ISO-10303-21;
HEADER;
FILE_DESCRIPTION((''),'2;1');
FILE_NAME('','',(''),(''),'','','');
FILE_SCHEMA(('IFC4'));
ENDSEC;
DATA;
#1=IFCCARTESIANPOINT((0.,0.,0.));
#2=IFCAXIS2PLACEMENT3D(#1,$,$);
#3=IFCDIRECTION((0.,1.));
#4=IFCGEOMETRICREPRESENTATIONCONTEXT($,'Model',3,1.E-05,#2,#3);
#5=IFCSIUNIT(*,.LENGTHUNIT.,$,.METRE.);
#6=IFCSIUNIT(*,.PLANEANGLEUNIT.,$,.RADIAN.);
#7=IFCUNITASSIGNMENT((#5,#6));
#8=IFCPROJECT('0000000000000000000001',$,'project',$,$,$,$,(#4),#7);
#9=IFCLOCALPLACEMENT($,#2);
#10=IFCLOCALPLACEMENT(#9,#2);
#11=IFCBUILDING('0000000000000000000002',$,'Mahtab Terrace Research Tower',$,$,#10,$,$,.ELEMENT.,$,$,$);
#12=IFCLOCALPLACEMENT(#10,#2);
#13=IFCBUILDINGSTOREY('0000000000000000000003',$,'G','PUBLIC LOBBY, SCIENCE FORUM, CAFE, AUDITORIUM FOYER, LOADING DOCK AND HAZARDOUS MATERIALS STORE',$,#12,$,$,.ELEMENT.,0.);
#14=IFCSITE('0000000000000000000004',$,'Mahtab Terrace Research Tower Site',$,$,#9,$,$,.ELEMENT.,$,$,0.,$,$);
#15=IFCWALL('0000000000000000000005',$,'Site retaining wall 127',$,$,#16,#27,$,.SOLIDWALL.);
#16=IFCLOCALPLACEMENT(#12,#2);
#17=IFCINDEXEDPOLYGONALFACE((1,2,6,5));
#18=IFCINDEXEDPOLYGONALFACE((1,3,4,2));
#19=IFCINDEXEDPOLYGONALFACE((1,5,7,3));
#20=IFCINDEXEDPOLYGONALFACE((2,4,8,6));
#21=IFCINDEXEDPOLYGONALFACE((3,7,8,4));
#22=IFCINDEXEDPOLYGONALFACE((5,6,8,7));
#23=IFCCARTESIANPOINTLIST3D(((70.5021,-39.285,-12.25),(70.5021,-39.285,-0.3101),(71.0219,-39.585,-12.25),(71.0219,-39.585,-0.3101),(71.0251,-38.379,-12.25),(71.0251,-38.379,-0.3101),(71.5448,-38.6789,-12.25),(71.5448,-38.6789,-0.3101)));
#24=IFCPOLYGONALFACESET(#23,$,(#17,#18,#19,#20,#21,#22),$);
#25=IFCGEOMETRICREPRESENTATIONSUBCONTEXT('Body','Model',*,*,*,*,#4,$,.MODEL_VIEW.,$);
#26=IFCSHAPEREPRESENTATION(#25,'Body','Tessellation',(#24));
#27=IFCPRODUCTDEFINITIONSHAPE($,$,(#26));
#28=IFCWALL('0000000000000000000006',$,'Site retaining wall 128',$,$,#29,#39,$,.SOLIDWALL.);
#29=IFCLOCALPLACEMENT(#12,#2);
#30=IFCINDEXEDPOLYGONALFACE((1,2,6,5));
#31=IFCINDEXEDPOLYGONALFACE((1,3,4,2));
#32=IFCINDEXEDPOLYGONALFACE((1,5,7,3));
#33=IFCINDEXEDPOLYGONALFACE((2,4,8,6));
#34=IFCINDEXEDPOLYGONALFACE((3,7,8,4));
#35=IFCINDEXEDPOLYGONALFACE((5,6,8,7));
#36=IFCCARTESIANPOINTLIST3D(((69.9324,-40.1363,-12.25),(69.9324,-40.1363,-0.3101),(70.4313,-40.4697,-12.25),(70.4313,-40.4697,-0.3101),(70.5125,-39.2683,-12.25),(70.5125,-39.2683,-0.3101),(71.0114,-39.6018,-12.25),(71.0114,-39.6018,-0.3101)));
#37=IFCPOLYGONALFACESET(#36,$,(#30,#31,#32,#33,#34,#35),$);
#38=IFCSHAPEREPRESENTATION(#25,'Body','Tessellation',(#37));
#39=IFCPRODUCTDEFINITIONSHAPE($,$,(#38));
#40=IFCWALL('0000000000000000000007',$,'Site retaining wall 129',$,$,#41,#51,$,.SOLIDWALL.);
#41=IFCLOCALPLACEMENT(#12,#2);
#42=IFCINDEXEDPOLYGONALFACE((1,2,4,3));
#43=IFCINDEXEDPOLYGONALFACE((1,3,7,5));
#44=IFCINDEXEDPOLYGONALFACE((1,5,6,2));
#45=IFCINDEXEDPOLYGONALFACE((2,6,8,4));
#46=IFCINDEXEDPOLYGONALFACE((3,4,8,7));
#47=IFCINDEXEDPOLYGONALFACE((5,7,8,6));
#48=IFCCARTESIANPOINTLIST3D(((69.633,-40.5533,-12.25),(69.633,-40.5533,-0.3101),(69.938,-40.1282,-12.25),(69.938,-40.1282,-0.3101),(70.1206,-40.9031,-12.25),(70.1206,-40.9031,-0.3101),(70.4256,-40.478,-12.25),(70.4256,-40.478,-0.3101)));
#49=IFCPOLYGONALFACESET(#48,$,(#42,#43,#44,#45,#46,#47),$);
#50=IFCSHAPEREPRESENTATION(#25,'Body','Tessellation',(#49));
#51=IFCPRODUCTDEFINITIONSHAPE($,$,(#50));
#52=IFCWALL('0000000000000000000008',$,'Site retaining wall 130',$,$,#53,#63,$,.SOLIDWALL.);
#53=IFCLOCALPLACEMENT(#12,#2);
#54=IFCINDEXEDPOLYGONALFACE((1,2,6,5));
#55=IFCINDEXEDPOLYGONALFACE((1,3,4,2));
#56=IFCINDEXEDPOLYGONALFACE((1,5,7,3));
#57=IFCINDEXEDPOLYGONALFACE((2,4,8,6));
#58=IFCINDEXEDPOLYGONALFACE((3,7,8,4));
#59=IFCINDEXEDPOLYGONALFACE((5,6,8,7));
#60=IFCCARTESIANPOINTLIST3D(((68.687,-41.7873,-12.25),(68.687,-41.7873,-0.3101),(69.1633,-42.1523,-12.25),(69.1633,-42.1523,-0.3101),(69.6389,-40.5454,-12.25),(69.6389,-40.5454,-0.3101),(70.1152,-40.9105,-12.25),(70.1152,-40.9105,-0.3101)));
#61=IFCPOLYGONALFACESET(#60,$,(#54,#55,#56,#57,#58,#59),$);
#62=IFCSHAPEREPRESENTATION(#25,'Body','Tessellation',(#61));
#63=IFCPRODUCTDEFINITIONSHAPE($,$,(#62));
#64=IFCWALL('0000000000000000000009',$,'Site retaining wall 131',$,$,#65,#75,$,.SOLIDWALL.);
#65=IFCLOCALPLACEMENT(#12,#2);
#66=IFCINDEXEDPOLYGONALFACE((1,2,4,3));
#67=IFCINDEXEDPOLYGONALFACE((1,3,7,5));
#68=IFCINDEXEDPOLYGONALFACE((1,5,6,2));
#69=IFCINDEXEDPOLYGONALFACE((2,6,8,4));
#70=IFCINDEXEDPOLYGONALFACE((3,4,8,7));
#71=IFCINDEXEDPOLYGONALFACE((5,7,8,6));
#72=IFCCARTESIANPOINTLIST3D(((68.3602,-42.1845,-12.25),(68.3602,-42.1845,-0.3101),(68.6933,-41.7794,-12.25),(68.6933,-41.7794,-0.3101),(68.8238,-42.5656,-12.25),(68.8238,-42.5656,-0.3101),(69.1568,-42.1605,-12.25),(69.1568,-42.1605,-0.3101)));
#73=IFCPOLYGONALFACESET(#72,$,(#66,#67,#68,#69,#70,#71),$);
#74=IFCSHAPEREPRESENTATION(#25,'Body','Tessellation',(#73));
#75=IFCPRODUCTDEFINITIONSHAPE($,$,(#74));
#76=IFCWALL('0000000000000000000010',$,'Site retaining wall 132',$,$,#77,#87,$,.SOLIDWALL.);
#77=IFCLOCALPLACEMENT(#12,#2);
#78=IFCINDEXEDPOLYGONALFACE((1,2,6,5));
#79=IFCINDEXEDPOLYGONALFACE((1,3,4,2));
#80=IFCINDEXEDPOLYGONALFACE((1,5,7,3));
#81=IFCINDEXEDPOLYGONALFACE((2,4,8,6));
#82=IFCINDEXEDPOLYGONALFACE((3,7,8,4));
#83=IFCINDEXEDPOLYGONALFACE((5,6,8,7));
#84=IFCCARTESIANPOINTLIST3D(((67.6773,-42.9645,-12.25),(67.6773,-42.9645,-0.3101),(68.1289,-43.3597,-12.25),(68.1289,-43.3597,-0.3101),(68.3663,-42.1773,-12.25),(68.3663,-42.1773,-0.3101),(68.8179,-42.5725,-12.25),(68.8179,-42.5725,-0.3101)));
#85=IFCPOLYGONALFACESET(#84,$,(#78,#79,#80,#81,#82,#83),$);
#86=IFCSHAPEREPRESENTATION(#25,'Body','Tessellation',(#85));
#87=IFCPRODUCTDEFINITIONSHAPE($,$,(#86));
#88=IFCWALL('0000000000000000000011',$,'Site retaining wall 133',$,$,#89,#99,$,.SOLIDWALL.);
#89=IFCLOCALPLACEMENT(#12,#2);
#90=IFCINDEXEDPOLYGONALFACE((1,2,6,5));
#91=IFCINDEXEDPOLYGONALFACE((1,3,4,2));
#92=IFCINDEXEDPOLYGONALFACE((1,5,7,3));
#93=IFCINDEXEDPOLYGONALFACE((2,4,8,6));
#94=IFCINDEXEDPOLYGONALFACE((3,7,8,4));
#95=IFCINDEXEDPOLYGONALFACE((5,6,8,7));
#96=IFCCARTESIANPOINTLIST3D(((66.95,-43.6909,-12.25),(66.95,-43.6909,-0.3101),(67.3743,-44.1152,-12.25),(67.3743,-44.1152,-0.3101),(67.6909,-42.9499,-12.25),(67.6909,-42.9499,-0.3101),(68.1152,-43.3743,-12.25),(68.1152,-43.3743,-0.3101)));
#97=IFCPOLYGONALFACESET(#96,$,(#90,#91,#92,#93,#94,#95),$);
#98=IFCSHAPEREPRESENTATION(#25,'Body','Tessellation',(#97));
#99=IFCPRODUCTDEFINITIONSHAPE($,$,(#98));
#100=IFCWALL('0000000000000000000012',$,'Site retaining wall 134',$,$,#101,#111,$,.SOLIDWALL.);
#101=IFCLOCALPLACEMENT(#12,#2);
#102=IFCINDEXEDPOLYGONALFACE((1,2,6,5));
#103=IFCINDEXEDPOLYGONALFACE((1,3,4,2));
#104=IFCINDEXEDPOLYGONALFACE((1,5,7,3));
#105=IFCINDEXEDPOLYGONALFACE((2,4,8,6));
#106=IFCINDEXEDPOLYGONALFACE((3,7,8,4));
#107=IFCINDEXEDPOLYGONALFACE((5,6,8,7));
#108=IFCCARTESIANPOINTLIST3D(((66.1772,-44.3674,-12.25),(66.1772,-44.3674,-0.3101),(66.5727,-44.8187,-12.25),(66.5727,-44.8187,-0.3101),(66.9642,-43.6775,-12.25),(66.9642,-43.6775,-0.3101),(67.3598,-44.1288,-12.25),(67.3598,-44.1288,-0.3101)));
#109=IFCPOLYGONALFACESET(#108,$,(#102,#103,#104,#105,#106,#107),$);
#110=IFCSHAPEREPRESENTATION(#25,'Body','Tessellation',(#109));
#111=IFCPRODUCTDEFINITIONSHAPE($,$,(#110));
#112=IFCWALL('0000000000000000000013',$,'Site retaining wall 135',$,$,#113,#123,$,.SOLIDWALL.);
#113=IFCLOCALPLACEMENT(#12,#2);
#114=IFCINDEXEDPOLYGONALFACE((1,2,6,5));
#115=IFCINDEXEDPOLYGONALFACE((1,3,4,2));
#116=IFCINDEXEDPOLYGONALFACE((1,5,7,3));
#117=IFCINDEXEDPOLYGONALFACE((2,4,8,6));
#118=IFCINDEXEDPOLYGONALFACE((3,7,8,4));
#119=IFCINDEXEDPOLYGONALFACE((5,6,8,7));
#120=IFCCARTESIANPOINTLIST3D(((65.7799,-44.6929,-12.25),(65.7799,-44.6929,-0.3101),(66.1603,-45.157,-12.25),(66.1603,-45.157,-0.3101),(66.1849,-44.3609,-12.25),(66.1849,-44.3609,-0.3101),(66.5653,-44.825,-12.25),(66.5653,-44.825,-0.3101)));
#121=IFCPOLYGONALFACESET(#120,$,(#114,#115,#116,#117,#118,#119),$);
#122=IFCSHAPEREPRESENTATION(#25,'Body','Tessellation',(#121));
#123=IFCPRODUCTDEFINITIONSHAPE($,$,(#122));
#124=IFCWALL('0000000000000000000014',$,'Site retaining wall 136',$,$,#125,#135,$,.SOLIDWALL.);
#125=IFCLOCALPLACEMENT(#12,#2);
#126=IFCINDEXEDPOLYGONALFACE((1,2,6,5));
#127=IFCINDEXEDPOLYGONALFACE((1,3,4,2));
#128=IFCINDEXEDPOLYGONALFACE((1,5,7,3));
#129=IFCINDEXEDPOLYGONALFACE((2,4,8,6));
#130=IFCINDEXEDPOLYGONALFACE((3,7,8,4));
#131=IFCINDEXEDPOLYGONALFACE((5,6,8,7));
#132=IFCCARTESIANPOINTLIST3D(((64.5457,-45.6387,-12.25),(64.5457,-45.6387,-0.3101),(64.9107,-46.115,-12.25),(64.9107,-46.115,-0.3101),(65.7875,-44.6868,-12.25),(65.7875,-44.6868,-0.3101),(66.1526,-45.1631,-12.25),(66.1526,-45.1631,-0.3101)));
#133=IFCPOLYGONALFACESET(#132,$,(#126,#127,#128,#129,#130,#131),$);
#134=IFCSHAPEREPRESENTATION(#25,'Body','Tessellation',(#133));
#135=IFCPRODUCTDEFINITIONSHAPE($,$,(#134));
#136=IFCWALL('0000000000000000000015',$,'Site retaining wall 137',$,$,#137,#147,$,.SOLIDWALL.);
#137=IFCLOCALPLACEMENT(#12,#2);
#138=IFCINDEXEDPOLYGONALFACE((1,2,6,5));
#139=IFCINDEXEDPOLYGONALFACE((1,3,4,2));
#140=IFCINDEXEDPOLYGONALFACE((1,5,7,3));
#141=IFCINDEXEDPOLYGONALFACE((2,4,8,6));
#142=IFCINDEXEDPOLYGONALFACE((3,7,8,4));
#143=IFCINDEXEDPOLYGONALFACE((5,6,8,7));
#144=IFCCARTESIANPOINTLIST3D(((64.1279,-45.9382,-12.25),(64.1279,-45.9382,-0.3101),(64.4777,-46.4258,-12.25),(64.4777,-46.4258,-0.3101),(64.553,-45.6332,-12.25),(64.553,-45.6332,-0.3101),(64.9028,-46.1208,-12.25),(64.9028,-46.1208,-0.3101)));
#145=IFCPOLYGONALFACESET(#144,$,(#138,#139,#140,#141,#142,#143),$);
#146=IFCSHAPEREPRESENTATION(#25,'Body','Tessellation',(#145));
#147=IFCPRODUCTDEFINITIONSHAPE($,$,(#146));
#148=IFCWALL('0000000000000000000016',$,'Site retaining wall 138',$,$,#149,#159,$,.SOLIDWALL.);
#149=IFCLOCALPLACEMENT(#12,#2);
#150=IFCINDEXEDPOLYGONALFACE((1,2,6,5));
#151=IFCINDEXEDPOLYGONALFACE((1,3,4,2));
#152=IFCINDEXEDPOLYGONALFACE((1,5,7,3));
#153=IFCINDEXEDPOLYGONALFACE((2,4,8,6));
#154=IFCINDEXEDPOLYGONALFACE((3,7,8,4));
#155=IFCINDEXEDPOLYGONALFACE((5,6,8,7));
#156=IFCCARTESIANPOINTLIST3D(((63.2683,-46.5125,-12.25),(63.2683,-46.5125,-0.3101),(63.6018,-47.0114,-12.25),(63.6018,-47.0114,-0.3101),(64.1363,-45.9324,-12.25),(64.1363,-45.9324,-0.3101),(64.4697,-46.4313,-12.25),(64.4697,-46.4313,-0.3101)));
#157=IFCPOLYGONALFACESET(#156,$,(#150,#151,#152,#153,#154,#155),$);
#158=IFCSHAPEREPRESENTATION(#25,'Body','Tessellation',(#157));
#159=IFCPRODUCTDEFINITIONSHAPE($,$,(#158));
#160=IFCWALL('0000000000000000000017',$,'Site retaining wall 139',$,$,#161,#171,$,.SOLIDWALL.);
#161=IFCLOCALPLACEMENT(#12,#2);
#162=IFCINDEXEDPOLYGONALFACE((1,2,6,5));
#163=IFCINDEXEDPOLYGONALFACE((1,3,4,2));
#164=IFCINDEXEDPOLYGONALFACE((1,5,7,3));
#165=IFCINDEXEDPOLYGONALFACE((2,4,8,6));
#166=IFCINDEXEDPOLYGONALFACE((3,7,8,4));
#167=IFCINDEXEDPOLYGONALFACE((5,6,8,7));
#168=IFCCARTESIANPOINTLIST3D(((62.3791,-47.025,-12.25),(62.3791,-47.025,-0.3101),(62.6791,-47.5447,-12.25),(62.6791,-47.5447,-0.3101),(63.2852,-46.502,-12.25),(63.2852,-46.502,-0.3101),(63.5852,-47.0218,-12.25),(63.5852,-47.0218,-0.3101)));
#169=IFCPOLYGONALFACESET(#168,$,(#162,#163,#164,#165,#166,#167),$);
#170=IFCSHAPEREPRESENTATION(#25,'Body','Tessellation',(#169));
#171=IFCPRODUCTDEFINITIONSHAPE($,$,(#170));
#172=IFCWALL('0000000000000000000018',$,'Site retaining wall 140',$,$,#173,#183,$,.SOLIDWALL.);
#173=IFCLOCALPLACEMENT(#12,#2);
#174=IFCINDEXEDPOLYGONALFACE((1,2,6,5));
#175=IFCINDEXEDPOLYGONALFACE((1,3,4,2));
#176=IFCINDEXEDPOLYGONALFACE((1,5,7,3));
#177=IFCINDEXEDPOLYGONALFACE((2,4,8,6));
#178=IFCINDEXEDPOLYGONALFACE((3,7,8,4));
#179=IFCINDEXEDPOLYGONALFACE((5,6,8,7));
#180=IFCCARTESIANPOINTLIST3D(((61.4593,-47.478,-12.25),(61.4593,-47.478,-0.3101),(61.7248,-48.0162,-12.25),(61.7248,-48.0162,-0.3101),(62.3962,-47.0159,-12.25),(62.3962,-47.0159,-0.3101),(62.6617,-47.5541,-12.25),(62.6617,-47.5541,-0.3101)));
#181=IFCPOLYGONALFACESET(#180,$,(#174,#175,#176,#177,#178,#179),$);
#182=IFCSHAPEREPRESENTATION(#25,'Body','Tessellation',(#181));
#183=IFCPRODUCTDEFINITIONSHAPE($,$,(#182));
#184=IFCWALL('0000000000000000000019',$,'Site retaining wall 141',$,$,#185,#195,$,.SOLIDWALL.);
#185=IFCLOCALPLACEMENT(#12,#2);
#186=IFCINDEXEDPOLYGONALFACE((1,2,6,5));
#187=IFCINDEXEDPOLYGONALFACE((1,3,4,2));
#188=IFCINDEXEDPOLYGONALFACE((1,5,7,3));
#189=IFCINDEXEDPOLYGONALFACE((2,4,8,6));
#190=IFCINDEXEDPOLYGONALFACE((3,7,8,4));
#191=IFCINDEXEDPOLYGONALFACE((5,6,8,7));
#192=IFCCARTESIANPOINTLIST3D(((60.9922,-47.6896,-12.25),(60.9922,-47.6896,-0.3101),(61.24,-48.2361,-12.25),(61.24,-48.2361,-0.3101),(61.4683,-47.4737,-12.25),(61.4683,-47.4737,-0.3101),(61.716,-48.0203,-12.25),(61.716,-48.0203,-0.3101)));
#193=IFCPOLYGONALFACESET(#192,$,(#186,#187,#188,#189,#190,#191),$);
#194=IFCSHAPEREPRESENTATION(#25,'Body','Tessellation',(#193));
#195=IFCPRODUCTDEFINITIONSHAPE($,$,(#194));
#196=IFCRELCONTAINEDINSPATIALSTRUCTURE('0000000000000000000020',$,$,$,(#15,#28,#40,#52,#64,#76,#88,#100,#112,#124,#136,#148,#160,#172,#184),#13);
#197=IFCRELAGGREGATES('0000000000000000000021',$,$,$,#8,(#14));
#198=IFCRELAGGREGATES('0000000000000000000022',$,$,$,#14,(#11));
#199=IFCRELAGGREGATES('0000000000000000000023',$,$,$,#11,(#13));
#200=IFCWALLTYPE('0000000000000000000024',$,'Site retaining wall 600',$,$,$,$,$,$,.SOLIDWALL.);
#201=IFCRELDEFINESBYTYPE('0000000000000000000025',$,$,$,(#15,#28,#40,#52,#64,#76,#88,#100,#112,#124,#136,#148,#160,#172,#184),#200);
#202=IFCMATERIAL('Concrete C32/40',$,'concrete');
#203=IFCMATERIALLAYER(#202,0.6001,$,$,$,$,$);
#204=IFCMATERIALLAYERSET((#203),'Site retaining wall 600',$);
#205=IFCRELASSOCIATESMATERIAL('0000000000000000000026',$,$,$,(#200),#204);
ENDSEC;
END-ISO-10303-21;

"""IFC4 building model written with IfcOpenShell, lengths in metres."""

from ifc_helpers import new_model, si_unit, direction, frame, frame_2d, origin, place, context, subcontext, project, spatial, rectangle, extrude, material, layer, layer_set, type_object, element, save


model = new_model("IFC4")

# Units and contexts
model_context = context("Model", 3, precision=1e-05, world=origin(), true_north=direction((0.0, 1.0)))
body_context = subcontext(model_context, "Body", "Model", "MODEL_VIEW")
ifc_project = project(units=[si_unit("LENGTHUNIT", "METRE"), si_unit("PLANEANGLEUNIT", "RADIAN")], contexts=[model_context])

# Site, building, storey
site_placement = place(None, origin())
site = spatial("IfcSite", under=ifc_project, at=site_placement, Name="Mahtab Terrace Research Tower Site", CompositionType="ELEMENT", RefElevation=0.0)
building_placement = place(site_placement, origin())
building = spatial("IfcBuilding", under=site, at=building_placement, Name="Mahtab Terrace Research Tower", CompositionType="ELEMENT")
storey_placement = place(building_placement, origin())
storey = spatial("IfcBuildingStorey", under=building, at=storey_placement, Name="G", Description="PUBLIC LOBBY, SCIENCE FORUM, CAFE, AUDITORIUM FOYER, LOADING DOCK AND HAZARDOUS MATERIALS STORE", CompositionType="ELEMENT", Elevation=0.0)

# Walls
ifc_material = material(Name="Concrete C32/40", Category="concrete")
ifc_layer = layer(ifc_material, 0.6001)
ifc_layer_set = layer_set([ifc_layer], Name="Site retaining wall 600")
wall_type = type_object("IfcWallType", Name="Site retaining wall 600", PredefinedType="SOLIDWALL", material=ifc_layer_set)
wall_1_placement = place(storey_placement, frame((71.2849, -38.5291, -12.25), z_axis=(0.0, 0.0, 1.0), x_axis=(-0.499904, -0.866081, 0.0)))
element("IfcWall", 1, at=wall_1_placement, inside=storey, type_object=wall_type, Name="Site retaining wall 127", PredefinedType="SOLIDWALL", context=body_context, shape_type="SweptSolid", body=[
    extrude(rectangle(XDim=1.0461, YDim=0.6001, at=frame_2d((0.5229, 0.0))), origin(), (0.0, 0.0, 1.0), 11.9399),
])
wall_2_placement = place(storey_placement, frame((70.762, -39.4351, -12.25), z_axis=(0.0, 0.0, 1.0), x_axis=(-0.555671, -0.831402, 0.0)))
element("IfcWall", 2, at=wall_2_placement, inside=storey, type_object=wall_type, Name="Site retaining wall 128", PredefinedType="SOLIDWALL", context=body_context, shape_type="SweptSolid", body=[
    extrude(rectangle(XDim=1.0439, YDim=0.6001, at=frame_2d((0.522, 0.0))), origin(), (0.0, 0.0, 1.0), 11.9399),
])
wall_3_placement = place(storey_placement, frame((70.1819, -40.303, -12.25), z_axis=(0.0, 0.0, 1.0), x_axis=(-0.582915, -0.812533, 0.0)))
element("IfcWall", 3, at=wall_3_placement, inside=storey, type_object=wall_type, Name="Site retaining wall 129", PredefinedType="SOLIDWALL", context=body_context, shape_type="SweptSolid", body=[
    extrude(rectangle(XDim=0.5232, YDim=0.6001, at=frame_2d((0.2617, 0.0))), origin(), (0.0, 0.0, 1.0), 11.9399),
])
wall_4_placement = place(storey_placement, frame((69.877, -40.728, -12.25), z_axis=(0.0, 0.0, 1.0), x_axis=(-0.60833, -0.793684, 0.0)))
element("IfcWall", 4, at=wall_4_placement, inside=storey, type_object=wall_type, Name="Site retaining wall 130", PredefinedType="SOLIDWALL", context=body_context, shape_type="SweptSolid", body=[
    extrude(rectangle(XDim=1.5647, YDim=0.6001, at=frame_2d((0.7822, 0.0))), origin(), (0.0, 0.0, 1.0), 11.9399),
])
wall_5_placement = place(storey_placement, frame((68.925, -41.97, -12.25), z_axis=(0.0, 0.0, 1.0), x_axis=(-0.635087, -0.772441, 0.0)))
element("IfcWall", 5, at=wall_5_placement, inside=storey, type_object=wall_type, Name="Site retaining wall 131", PredefinedType="SOLIDWALL", context=body_context, shape_type="SweptSolid", body=[
    extrude(rectangle(XDim=0.5244, YDim=0.6001, at=frame_2d((0.2622, 0.0))), origin(), (0.0, 0.0, 1.0), 11.9399),
])
wall_6_placement = place(storey_placement, frame((68.592, -42.375, -12.25), z_axis=(0.0, 0.0, 1.0), x_axis=(-0.658637, -0.752461, 0.0)))
element("IfcWall", 6, at=wall_6_placement, inside=storey, type_object=wall_type, Name="Site retaining wall 132", PredefinedType="SOLIDWALL", context=body_context, shape_type="SweptSolid", body=[
    extrude(rectangle(XDim=1.0461, YDim=0.6001, at=frame_2d((0.5229, 0.0))), origin(), (0.0, 0.0, 1.0), 11.9399),
])
wall_7_placement = place(storey_placement, frame((67.9031, -43.1621, -12.25), z_axis=(0.0, 0.0, 1.0), x_axis=(-0.707107, -0.707107, 0.0)))
element("IfcWall", 7, at=wall_7_placement, inside=storey, type_object=wall_type, Name="Site retaining wall 133", PredefinedType="SOLIDWALL", context=body_context, shape_type="SweptSolid", body=[
    extrude(rectangle(XDim=1.0479, YDim=0.6001, at=frame_2d((0.5239, 0.0))), origin(), (0.0, 0.0, 1.0), 11.9399),
])
wall_8_placement = place(storey_placement, frame((67.1621, -43.9031, -12.25), z_axis=(0.0, 0.0, 1.0), x_axis=(-0.751998, -0.659165, 0.0)))
element("IfcWall", 8, at=wall_8_placement, inside=storey, type_object=wall_type, Name="Site retaining wall 134", PredefinedType="SOLIDWALL", context=body_context, shape_type="SweptSolid", body=[
    extrude(rectangle(XDim=1.0466, YDim=0.6001, at=frame_2d((0.5234, 0.0))), origin(), (0.0, 0.0, 1.0), 11.9399),
])
wall_9_placement = place(storey_placement, frame((66.375, -44.593, -12.25), z_axis=(0.0, 0.0, 1.0), x_axis=(-0.773355, -0.633974, 0.0)))
element("IfcWall", 9, at=wall_9_placement, inside=storey, type_object=wall_type, Name="Site retaining wall 135", PredefinedType="SOLIDWALL", context=body_context, shape_type="SweptSolid", body=[
    extrude(rectangle(XDim=0.5237, YDim=0.6001, at=frame_2d((0.2617, 0.0))), origin(), (0.0, 0.0, 1.0), 11.9399),
])
wall_10_placement = place(storey_placement, frame((65.97, -44.925, -12.25), z_axis=(0.0, 0.0, 1.0), x_axis=(-0.793684, -0.60833, 0.0)))
element("IfcWall", 10, at=wall_10_placement, inside=storey, type_object=wall_type, Name="Site retaining wall 136", PredefinedType="SOLIDWALL", context=body_context, shape_type="SweptSolid", body=[
    extrude(rectangle(XDim=1.5647, YDim=0.6001, at=frame_2d((0.7822, 0.0))), origin(), (0.0, 0.0, 1.0), 11.9399),
])
wall_11_placement = place(storey_placement, frame((64.728, -45.877, -12.25), z_axis=(0.0, 0.0, 1.0), x_axis=(-0.812533, -0.582915, 0.0)))
element("IfcWall", 11, at=wall_11_placement, inside=storey, type_object=wall_type, Name="Site retaining wall 137", PredefinedType="SOLIDWALL", context=body_context, shape_type="SweptSolid", body=[
    extrude(rectangle(XDim=0.5232, YDim=0.6001, at=frame_2d((0.2617, 0.0))), origin(), (0.0, 0.0, 1.0), 11.9399),
])
wall_12_placement = place(storey_placement, frame((64.303, -46.1819, -12.25), z_axis=(0.0, 0.0, 1.0), x_axis=(-0.831402, -0.555671, 0.0)))
element("IfcWall", 12, at=wall_12_placement, inside=storey, type_object=wall_type, Name="Site retaining wall 138", PredefinedType="SOLIDWALL", context=body_context, shape_type="SweptSolid", body=[
    extrude(rectangle(XDim=1.0439, YDim=0.6001, at=frame_2d((0.522, 0.0))), origin(), (0.0, 0.0, 1.0), 11.9399),
])
wall_13_placement = place(storey_placement, frame((63.4351, -46.762, -12.25), z_axis=(0.0, 0.0, 1.0), x_axis=(-0.866081, -0.499904, 0.0)))
element("IfcWall", 13, at=wall_13_placement, inside=storey, type_object=wall_type, Name="Site retaining wall 139", PredefinedType="SOLIDWALL", context=body_context, shape_type="SweptSolid", body=[
    extrude(rectangle(XDim=1.0461, YDim=0.6001, at=frame_2d((0.5229, 0.0))), origin(), (0.0, 0.0, 1.0), 11.9399),
])
wall_14_placement = place(storey_placement, frame((62.5291, -47.2849, -12.25), z_axis=(0.0, 0.0, 1.0), x_axis=(-0.896844, -0.442347, 0.0)))
element("IfcWall", 14, at=wall_14_placement, inside=storey, type_object=wall_type, Name="Site retaining wall 140", PredefinedType="SOLIDWALL", context=body_context, shape_type="SweptSolid", body=[
    extrude(rectangle(XDim=1.0447, YDim=0.6001, at=frame_2d((0.5225, 0.0))), origin(), (0.0, 0.0, 1.0), 11.9399),
])
wall_15_placement = place(storey_placement, frame((61.592, -47.7471, -12.25), z_axis=(0.0, 0.0, 1.0), x_axis=(-0.910782, -0.412888, 0.0)))
element("IfcWall", 15, at=wall_15_placement, inside=storey, type_object=wall_type, Name="Site retaining wall 141", PredefinedType="SOLIDWALL", context=body_context, shape_type="SweptSolid", body=[
    extrude(rectangle(XDim=0.5227, YDim=0.6001, at=frame_2d((0.2612, 0.0))), origin(), (0.0, 0.0, 1.0), 11.9399),
])

save(model, "model.ifc")
